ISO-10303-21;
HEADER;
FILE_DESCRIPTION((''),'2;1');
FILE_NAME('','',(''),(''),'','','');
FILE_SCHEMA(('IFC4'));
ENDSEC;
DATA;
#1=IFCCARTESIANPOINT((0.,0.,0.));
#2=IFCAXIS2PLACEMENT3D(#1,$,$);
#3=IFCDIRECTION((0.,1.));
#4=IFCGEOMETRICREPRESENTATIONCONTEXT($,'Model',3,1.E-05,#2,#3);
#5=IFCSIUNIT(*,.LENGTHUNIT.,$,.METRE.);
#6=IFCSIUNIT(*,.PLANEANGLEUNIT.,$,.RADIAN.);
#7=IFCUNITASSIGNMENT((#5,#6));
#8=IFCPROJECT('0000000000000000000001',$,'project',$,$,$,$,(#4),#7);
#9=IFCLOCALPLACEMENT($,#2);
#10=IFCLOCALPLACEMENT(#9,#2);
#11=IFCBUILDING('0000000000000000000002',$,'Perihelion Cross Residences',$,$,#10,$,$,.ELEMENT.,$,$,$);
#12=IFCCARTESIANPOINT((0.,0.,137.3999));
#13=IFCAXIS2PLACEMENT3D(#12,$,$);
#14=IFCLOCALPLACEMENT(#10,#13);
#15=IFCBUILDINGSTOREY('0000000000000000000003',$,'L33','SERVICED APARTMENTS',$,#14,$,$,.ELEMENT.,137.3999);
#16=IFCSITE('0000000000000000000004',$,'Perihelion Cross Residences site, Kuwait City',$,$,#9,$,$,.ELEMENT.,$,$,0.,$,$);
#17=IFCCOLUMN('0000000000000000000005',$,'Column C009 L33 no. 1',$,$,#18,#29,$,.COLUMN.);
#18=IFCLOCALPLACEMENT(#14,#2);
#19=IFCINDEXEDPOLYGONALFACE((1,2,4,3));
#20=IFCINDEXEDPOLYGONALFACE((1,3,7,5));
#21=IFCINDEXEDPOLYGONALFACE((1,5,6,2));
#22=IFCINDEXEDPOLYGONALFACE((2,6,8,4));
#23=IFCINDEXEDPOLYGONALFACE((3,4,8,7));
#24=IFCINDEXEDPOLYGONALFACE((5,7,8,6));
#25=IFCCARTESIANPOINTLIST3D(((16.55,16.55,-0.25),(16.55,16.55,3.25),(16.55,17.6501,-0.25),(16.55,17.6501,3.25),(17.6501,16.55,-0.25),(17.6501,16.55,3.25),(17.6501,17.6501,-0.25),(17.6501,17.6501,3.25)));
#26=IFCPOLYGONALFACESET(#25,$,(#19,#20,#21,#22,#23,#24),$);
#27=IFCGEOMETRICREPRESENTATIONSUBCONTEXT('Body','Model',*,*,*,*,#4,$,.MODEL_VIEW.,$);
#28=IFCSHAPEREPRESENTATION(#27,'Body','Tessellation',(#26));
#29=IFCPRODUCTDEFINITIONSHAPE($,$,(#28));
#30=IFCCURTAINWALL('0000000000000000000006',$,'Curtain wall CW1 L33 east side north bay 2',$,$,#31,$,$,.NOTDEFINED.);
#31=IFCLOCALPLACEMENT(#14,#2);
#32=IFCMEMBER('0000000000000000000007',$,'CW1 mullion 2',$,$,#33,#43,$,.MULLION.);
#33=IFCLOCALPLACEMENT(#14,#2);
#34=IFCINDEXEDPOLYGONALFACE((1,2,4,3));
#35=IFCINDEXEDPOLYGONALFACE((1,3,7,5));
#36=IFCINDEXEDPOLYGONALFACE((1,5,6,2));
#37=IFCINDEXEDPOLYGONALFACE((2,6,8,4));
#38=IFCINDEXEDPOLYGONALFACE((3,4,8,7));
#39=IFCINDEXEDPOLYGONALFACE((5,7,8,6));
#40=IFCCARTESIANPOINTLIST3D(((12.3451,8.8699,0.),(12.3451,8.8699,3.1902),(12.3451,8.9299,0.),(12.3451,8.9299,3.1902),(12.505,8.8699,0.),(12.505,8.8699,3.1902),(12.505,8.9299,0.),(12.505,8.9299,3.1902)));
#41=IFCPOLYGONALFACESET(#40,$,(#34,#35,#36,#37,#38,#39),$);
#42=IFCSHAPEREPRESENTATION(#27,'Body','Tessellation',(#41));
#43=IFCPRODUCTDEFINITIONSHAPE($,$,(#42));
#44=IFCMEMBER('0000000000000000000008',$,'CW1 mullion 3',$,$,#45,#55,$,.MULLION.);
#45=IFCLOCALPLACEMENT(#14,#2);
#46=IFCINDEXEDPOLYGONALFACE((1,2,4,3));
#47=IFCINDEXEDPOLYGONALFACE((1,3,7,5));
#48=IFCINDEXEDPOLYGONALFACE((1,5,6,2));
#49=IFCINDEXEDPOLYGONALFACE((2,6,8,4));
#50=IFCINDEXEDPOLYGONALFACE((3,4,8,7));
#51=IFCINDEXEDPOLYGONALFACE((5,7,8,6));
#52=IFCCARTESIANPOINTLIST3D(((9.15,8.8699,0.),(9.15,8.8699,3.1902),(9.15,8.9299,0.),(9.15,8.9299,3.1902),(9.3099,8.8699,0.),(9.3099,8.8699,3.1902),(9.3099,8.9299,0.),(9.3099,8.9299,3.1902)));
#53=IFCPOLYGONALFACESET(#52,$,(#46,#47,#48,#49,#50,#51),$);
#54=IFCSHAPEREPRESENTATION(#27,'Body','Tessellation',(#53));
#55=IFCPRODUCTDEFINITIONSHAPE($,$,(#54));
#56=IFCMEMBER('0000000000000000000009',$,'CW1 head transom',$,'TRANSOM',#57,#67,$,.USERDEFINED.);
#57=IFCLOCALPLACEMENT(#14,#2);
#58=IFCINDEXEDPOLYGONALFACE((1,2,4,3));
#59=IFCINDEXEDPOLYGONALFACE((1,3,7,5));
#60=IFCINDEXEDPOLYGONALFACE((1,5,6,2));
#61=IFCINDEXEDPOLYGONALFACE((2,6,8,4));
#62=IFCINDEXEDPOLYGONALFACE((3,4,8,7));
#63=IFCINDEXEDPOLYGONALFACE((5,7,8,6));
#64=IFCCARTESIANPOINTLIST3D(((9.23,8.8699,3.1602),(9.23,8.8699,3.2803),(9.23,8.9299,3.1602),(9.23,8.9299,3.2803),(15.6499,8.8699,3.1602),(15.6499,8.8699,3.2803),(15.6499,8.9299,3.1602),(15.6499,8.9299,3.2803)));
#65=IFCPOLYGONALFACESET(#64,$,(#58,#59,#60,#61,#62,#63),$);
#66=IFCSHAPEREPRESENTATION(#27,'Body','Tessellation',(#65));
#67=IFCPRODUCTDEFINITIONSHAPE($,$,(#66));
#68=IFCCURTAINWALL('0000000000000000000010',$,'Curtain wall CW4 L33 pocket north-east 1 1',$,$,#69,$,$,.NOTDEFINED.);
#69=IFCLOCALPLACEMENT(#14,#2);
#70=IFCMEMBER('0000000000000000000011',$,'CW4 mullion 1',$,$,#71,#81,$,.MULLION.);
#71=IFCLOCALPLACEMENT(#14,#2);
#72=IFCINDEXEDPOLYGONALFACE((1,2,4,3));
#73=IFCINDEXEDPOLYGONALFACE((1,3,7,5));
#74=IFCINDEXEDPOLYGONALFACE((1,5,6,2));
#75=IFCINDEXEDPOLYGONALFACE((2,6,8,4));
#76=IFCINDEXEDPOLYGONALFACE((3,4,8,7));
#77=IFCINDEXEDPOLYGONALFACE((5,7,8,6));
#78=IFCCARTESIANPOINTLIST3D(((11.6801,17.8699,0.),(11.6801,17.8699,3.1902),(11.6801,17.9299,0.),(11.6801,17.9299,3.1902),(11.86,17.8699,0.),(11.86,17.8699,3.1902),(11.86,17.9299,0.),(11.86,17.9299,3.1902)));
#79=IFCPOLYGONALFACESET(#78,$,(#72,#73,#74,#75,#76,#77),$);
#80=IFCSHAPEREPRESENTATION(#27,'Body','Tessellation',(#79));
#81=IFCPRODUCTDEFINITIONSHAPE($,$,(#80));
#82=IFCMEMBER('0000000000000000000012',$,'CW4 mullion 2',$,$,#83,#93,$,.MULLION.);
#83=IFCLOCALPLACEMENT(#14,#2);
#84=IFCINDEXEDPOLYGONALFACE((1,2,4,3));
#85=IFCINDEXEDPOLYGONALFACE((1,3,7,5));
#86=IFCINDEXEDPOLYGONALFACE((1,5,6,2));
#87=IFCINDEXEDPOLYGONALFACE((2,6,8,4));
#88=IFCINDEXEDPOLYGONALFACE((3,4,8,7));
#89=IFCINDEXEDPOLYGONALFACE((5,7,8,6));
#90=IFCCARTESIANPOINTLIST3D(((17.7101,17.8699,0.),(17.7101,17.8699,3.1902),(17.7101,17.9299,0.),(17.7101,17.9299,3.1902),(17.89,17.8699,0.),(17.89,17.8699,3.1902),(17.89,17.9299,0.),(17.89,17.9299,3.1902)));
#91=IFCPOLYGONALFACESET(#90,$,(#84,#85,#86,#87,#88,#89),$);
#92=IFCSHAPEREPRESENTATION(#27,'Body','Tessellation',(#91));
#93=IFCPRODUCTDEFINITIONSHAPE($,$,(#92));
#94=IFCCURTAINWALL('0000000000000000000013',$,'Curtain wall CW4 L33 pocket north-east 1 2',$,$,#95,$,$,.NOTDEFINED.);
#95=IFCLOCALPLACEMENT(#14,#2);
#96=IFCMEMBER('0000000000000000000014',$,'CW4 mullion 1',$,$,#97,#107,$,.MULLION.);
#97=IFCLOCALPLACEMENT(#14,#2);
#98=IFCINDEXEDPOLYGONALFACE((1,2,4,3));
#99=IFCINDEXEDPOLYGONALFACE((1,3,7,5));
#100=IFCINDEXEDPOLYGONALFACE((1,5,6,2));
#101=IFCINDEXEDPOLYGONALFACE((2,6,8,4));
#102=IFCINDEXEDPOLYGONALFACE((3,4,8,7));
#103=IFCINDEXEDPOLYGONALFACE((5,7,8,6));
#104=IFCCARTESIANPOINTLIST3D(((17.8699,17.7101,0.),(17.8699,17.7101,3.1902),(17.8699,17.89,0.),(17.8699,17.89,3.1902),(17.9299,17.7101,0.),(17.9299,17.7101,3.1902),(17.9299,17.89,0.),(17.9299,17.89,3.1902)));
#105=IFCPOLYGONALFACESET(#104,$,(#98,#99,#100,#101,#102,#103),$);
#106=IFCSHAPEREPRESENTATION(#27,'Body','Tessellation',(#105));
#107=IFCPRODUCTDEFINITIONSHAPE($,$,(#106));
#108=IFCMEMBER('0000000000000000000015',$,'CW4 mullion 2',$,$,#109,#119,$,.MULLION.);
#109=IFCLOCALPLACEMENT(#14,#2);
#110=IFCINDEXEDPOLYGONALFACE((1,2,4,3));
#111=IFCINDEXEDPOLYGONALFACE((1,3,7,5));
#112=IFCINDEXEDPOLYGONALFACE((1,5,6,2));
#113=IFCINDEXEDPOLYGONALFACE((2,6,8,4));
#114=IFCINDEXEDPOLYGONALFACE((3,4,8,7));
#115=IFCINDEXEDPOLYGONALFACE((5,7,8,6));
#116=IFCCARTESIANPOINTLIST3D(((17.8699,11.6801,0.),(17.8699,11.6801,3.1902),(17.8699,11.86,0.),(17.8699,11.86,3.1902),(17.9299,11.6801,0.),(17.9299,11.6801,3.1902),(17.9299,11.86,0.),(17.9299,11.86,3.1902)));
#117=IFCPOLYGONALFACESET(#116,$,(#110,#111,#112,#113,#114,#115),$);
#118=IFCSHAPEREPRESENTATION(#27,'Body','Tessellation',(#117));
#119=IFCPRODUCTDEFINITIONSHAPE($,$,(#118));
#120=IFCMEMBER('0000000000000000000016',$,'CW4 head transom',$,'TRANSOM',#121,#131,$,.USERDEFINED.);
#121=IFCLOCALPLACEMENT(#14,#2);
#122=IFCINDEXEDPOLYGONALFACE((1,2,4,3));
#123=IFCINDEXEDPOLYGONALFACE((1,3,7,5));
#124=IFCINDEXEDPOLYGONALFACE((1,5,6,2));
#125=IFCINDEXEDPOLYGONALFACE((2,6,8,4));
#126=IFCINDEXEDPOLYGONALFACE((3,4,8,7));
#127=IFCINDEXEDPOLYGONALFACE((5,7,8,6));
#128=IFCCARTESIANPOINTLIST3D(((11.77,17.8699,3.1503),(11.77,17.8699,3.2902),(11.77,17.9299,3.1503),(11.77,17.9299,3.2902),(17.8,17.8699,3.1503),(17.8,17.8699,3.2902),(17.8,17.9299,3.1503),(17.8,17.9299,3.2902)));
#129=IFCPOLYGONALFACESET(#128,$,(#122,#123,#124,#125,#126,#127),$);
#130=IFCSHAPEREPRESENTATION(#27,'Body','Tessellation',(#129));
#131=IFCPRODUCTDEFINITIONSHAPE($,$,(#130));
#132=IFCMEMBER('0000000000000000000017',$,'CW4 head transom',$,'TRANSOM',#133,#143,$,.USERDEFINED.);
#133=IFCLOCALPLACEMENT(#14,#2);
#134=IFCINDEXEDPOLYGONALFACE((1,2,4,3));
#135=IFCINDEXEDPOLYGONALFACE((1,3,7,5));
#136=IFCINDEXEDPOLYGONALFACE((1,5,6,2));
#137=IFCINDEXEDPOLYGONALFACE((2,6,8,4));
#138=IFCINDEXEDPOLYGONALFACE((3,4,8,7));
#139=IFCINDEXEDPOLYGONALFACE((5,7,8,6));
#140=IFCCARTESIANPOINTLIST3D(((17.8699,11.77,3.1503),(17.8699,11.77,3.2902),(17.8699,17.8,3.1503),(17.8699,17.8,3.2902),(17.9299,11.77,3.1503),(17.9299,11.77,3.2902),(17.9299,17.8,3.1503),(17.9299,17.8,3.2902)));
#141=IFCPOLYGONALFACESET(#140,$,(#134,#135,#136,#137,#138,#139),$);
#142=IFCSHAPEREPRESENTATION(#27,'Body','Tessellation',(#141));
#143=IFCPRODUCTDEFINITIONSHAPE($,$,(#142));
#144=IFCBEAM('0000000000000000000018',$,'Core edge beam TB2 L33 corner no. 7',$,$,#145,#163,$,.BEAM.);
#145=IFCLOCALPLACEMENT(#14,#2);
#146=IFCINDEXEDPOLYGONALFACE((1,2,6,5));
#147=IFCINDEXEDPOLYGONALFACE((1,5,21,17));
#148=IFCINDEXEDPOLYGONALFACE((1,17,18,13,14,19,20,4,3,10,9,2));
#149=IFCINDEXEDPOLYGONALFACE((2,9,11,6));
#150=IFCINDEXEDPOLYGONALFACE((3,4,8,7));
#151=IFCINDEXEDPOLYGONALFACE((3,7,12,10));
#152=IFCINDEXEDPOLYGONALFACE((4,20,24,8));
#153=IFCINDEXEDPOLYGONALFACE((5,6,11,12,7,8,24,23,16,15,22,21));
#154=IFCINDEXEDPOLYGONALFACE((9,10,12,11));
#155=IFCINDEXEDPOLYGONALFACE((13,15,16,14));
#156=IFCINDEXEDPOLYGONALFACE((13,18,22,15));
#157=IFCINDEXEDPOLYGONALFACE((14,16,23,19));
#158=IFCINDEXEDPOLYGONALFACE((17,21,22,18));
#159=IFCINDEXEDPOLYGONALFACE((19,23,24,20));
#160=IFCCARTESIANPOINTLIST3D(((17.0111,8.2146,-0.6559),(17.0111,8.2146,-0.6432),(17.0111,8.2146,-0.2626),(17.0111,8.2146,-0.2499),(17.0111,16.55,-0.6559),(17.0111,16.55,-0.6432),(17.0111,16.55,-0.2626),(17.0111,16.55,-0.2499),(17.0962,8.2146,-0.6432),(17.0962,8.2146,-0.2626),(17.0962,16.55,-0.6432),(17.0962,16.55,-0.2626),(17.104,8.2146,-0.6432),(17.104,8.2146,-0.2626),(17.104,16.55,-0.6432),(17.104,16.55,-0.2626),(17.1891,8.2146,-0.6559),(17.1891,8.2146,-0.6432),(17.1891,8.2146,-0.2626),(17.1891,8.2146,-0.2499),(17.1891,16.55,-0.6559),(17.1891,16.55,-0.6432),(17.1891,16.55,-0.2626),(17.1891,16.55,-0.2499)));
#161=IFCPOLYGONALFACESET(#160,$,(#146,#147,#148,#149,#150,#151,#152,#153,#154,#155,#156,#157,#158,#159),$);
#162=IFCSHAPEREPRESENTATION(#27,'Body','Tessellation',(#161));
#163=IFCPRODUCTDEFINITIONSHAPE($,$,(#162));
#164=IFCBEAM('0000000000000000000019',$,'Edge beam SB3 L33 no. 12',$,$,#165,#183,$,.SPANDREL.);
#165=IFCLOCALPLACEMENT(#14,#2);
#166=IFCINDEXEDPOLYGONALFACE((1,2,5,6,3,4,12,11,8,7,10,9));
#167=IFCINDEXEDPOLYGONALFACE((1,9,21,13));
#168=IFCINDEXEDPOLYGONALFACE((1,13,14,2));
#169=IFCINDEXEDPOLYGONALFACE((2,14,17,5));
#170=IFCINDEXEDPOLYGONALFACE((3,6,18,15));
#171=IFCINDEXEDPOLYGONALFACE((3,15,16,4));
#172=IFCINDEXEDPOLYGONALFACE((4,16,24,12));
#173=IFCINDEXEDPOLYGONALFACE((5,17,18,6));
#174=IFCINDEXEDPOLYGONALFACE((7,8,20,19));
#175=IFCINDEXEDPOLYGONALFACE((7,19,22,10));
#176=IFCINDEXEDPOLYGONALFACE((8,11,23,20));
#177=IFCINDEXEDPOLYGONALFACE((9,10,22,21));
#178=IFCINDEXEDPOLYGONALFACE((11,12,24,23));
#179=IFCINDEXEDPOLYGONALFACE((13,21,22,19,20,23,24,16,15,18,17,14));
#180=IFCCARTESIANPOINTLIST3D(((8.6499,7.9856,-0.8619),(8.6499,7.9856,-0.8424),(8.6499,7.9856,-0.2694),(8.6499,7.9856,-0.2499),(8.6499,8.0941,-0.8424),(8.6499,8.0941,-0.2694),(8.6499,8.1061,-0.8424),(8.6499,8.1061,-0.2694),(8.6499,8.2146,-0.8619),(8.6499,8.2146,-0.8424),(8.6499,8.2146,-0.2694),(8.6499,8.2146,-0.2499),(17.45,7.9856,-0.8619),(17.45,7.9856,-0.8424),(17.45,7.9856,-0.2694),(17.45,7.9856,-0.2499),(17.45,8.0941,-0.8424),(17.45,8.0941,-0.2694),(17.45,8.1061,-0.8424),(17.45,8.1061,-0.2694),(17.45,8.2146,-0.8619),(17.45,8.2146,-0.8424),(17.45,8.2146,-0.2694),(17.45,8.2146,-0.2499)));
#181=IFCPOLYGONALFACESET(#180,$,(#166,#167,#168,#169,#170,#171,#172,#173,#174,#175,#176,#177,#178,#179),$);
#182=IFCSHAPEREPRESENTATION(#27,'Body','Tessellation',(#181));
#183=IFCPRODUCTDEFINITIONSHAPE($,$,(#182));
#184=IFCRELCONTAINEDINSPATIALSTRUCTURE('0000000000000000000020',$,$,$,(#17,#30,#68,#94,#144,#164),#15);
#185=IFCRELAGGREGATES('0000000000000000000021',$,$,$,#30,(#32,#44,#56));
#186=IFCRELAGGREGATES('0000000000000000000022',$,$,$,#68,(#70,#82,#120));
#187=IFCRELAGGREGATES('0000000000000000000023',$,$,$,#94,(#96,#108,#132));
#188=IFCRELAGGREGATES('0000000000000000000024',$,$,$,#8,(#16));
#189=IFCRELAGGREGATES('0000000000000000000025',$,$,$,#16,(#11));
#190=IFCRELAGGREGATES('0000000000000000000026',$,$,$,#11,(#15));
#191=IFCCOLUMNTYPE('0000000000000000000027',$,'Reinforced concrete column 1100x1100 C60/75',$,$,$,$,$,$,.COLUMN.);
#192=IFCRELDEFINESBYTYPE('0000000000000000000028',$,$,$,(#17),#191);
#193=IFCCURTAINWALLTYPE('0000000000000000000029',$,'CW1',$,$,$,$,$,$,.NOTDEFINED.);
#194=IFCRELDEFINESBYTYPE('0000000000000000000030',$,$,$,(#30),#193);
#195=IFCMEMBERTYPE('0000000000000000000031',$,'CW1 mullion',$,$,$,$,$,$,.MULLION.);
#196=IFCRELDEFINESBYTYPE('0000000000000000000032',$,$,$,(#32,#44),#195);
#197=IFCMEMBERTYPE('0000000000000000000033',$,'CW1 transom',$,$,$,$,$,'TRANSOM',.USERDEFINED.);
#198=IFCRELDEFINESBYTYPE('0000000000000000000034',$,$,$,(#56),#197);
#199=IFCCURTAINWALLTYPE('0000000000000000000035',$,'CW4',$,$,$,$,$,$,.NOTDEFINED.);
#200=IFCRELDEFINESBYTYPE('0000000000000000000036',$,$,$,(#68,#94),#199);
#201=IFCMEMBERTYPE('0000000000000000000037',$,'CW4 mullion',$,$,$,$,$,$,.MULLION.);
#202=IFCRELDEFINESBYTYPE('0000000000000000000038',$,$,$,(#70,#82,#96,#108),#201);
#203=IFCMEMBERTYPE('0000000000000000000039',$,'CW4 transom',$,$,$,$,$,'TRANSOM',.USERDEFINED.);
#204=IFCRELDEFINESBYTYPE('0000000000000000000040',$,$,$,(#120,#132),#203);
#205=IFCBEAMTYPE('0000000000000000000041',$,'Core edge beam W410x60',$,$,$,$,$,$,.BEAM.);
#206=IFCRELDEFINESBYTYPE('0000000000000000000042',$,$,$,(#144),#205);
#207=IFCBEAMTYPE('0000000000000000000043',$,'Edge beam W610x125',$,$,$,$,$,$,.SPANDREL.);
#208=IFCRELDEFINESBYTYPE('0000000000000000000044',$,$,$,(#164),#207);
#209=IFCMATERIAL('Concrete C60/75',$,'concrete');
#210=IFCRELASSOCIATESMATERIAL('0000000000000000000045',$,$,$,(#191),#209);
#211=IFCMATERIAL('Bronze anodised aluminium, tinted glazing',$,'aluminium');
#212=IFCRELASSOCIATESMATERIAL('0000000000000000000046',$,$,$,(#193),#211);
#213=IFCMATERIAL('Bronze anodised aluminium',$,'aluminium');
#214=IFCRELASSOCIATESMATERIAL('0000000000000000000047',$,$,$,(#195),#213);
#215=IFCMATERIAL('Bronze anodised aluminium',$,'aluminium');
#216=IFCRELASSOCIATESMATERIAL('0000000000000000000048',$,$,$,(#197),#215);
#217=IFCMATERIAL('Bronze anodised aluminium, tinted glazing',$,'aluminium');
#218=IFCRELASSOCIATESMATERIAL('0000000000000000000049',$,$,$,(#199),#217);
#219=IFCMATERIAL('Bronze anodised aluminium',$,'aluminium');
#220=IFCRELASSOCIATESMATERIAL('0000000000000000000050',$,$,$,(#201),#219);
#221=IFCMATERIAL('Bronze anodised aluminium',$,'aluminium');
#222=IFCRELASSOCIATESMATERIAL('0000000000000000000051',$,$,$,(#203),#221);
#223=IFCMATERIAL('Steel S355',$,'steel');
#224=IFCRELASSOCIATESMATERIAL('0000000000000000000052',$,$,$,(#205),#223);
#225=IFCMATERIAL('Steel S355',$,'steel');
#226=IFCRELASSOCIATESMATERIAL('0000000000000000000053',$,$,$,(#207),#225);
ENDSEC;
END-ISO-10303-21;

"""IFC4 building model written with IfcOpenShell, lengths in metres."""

from ifc_helpers import new_model, si_unit, direction, frame, origin, origin_2d, place, context, subcontext, project, spatial, rectangle, i_section, extrude, material, material_profile, profile_set, type_object, element, aggregate, save


model = new_model("IFC4")

# Units and contexts
model_context = context("Model", 3, precision=1e-05, world=origin(), true_north=direction((0.0, 1.0)))
body_context = subcontext(model_context, "Body", "Model", "MODEL_VIEW")
ifc_project = project(units=[si_unit("LENGTHUNIT", "METRE"), si_unit("PLANEANGLEUNIT", "RADIAN")], contexts=[model_context])

# Site, building, storey
site_placement = place(None, origin())
site = spatial("IfcSite", under=ifc_project, at=site_placement, Name="Perihelion Cross Residences site, Kuwait City", CompositionType="ELEMENT", RefElevation=0.0)
building_placement = place(site_placement, origin())
building = spatial("IfcBuilding", under=site, at=building_placement, Name="Perihelion Cross Residences", CompositionType="ELEMENT")
storey_placement = place(building_placement, frame((0.0, 0.0, 137.3999)))
storey = spatial("IfcBuildingStorey", under=building, at=storey_placement, Name="L33", Description="SERVICED APARTMENTS", CompositionType="ELEMENT", Elevation=137.3999)

# Column
ifc_material_1 = material(Name="Concrete C60/75", Category="concrete")
ifc_material_profile_1 = material_profile(ifc_material_1, rectangle(XDim=1.1001, YDim=1.1001, at=origin_2d()), Name="RC 1100x1100")
ifc_profile_set_1 = profile_set([ifc_material_profile_1], Name="Concrete C60/75")
column_type = type_object("IfcColumnType", Name="Reinforced concrete column 1100x1100 C60/75", PredefinedType="COLUMN", material=ifc_profile_set_1)
column_placement = place(storey_placement, frame((17.1001, 17.1001, -0.25), z_axis=(0.0, 0.0, 1.0), x_axis=(1.0, 0.0, 0.0)))
element("IfcColumn", 1, at=column_placement, inside=storey, type_object=column_type, Name="Column C009 L33 no. 1", PredefinedType="COLUMN", context=body_context, shape_type="SweptSolid", body=[
    extrude(rectangle(XDim=1.1001, YDim=1.1001, at=origin_2d()), origin(), (0.0, 0.0, 1.0), 3.5),
])

# Curtain walls, members
ifc_material_2 = material(Name="Bronze anodised aluminium, tinted glazing", Category="aluminium")
curtain_wall_type_1 = type_object("IfcCurtainWallType", Name="CW1", PredefinedType="NOTDEFINED", material=ifc_material_2)
curtain_wall_1_placement = place(storey_placement, origin())
curtain_wall_1 = element("IfcCurtainWall", 2, at=curtain_wall_1_placement, inside=storey, type_object=curtain_wall_type_1, Name="Curtain wall CW1 L33 east side north bay 2", PredefinedType="NOTDEFINED")
ifc_material_3 = material(Name="Bronze anodised aluminium", Category="aluminium")
ifc_material_profile_2 = material_profile(ifc_material_3, rectangle(XDim=0.0601, YDim=0.1599, at=origin_2d()), Name="CW1 mullion")
ifc_profile_set_2 = profile_set([ifc_material_profile_2], Name="Bronze anodised aluminium")
member_type_1 = type_object("IfcMemberType", Name="CW1 mullion", PredefinedType="MULLION", material=ifc_profile_set_2)
member_1_placement = place(storey_placement, frame((12.425, 8.8999, 0.0), z_axis=(0.0, 0.0, 1.0), x_axis=(0.0, -1.0, 0.0)))
member_1 = element("IfcMember", 3, at=member_1_placement, type_object=member_type_1, Name="CW1 mullion 2", PredefinedType="MULLION", context=body_context, shape_type="SweptSolid", body=[
    extrude(rectangle(XDim=0.0601, YDim=0.1599, at=origin_2d()), origin(), (0.0, 0.0, 1.0), 3.1902),
])
member_2_placement = place(storey_placement, frame((9.23, 8.8999, 0.0), z_axis=(0.0, 0.0, 1.0), x_axis=(0.0, -1.0, 0.0)))
member_2 = element("IfcMember", 4, at=member_2_placement, type_object=member_type_1, Name="CW1 mullion 3", PredefinedType="MULLION", context=body_context, shape_type="SweptSolid", body=[
    extrude(rectangle(XDim=0.0601, YDim=0.1599, at=origin_2d()), origin(), (0.0, 0.0, 1.0), 3.1902),
])
ifc_material_4 = material(Name="Bronze anodised aluminium", Category="aluminium")
ifc_material_profile_3 = material_profile(ifc_material_4, rectangle(XDim=0.0601, YDim=0.1201, at=origin_2d()), Name="CW1 transom")
ifc_profile_set_3 = profile_set([ifc_material_profile_3], Name="Bronze anodised aluminium")
member_type_2 = type_object("IfcMemberType", Name="CW1 transom", ElementType="TRANSOM", PredefinedType="USERDEFINED", material=ifc_profile_set_3)
member_3_placement = place(storey_placement, frame((15.6499, 8.8999, 3.2202), z_axis=(-1.0, 0.0, 0.0), x_axis=(0.0, -1.0, 0.0)))
member_3 = element("IfcMember", 5, at=member_3_placement, type_object=member_type_2, Name="CW1 head transom", ObjectType="TRANSOM", PredefinedType="USERDEFINED", context=body_context, shape_type="SweptSolid", body=[
    extrude(rectangle(XDim=0.0601, YDim=0.1201, at=origin_2d()), origin(), (0.0, 0.0, 1.0), 6.4199),
])
ifc_material_5 = material(Name="Bronze anodised aluminium, tinted glazing", Category="aluminium")
curtain_wall_type_2 = type_object("IfcCurtainWallType", Name="CW4", PredefinedType="NOTDEFINED", material=ifc_material_5)
curtain_wall_2_placement = place(storey_placement, origin())
curtain_wall_2 = element("IfcCurtainWall", 6, at=curtain_wall_2_placement, inside=storey, type_object=curtain_wall_type_2, Name="Curtain wall CW4 L33 pocket north-east 1 1", PredefinedType="NOTDEFINED")
ifc_material_6 = material(Name="Bronze anodised aluminium", Category="aluminium")
ifc_material_profile_4 = material_profile(ifc_material_6, rectangle(XDim=0.0601, YDim=0.1799, at=origin_2d()), Name="CW4 mullion")
ifc_profile_set_4 = profile_set([ifc_material_profile_4], Name="Bronze anodised aluminium")
member_type_3 = type_object("IfcMemberType", Name="CW4 mullion", PredefinedType="MULLION", material=ifc_profile_set_4)
member_4_placement = place(storey_placement, frame((11.77, 17.8999, 0.0), z_axis=(0.0, 0.0, 1.0), x_axis=(0.0, 1.0, 0.0)))
member_4 = element("IfcMember", 7, at=member_4_placement, type_object=member_type_3, Name="CW4 mullion 1", PredefinedType="MULLION", context=body_context, shape_type="SweptSolid", body=[
    extrude(rectangle(XDim=0.0601, YDim=0.1799, at=origin_2d()), origin(), (0.0, 0.0, 1.0), 3.1902),
])
member_5_placement = place(storey_placement, frame((17.8, 17.8999, 0.0), z_axis=(0.0, 0.0, 1.0), x_axis=(0.0, 1.0, 0.0)))
member_5 = element("IfcMember", 8, at=member_5_placement, type_object=member_type_3, Name="CW4 mullion 2", PredefinedType="MULLION", context=body_context, shape_type="SweptSolid", body=[
    extrude(rectangle(XDim=0.0601, YDim=0.1799, at=origin_2d()), origin(), (0.0, 0.0, 1.0), 3.1902),
])
curtain_wall_3_placement = place(storey_placement, origin())
curtain_wall_3 = element("IfcCurtainWall", 9, at=curtain_wall_3_placement, inside=storey, type_object=curtain_wall_type_2, Name="Curtain wall CW4 L33 pocket north-east 1 2", PredefinedType="NOTDEFINED")
member_6_placement = place(storey_placement, frame((17.8999, 17.8, 0.0), z_axis=(0.0, 0.0, 1.0), x_axis=(1.0, 0.0, 0.0)))
member_6 = element("IfcMember", 10, at=member_6_placement, type_object=member_type_3, Name="CW4 mullion 1", PredefinedType="MULLION", context=body_context, shape_type="SweptSolid", body=[
    extrude(rectangle(XDim=0.0601, YDim=0.1799, at=origin_2d()), origin(), (0.0, 0.0, 1.0), 3.1902),
])
member_7_placement = place(storey_placement, frame((17.8999, 11.77, 0.0), z_axis=(0.0, 0.0, 1.0), x_axis=(1.0, 0.0, 0.0)))
member_7 = element("IfcMember", 11, at=member_7_placement, type_object=member_type_3, Name="CW4 mullion 2", PredefinedType="MULLION", context=body_context, shape_type="SweptSolid", body=[
    extrude(rectangle(XDim=0.0601, YDim=0.1799, at=origin_2d()), origin(), (0.0, 0.0, 1.0), 3.1902),
])

# Members
ifc_material_7 = material(Name="Bronze anodised aluminium", Category="aluminium")
ifc_material_profile_5 = material_profile(ifc_material_7, rectangle(XDim=0.0601, YDim=0.1399, at=origin_2d()), Name="CW4 transom")
ifc_profile_set_5 = profile_set([ifc_material_profile_5], Name="Bronze anodised aluminium")
member_type_4 = type_object("IfcMemberType", Name="CW4 transom", ElementType="TRANSOM", PredefinedType="USERDEFINED", material=ifc_profile_set_5)
member_8_placement = place(storey_placement, frame((11.77, 17.8999, 3.2202), z_axis=(1.0, 0.0, 0.0), x_axis=(0.0, 1.0, 0.0)))
member_8 = element("IfcMember", 12, at=member_8_placement, type_object=member_type_4, Name="CW4 head transom", ObjectType="TRANSOM", PredefinedType="USERDEFINED", context=body_context, shape_type="SweptSolid", body=[
    extrude(rectangle(XDim=0.0601, YDim=0.1399, at=origin_2d()), origin(), (0.0, 0.0, 1.0), 6.03),
])
member_9_placement = place(storey_placement, frame((17.8999, 17.8, 3.2202), z_axis=(0.0, -1.0, 0.0), x_axis=(1.0, 0.0, 0.0)))
member_9 = element("IfcMember", 13, at=member_9_placement, type_object=member_type_4, Name="CW4 head transom", ObjectType="TRANSOM", PredefinedType="USERDEFINED", context=body_context, shape_type="SweptSolid", body=[
    extrude(rectangle(XDim=0.0601, YDim=0.1399, at=origin_2d()), origin(), (0.0, 0.0, 1.0), 6.03),
])

# Beams
ifc_material_8 = material(Name="Steel S355", Category="steel")
ifc_material_profile_6 = material_profile(ifc_material_8, i_section(OverallWidth=0.178, OverallDepth=0.406, WebThickness=0.0078, FlangeThickness=0.0127, at=origin_2d()), Name="W410x60")
ifc_profile_set_6 = profile_set([ifc_material_profile_6], Name="Steel S355")
beam_type_1 = type_object("IfcBeamType", Name="Core edge beam W410x60", PredefinedType="BEAM", material=ifc_profile_set_6)
beam_1_placement = place(storey_placement, frame((17.1001, 8.2146, -0.4529), z_axis=(0.0, 1.0, 0.0), x_axis=(-1.0, 0.0, 0.0)))
element("IfcBeam", 14, at=beam_1_placement, inside=storey, type_object=beam_type_1, Name="Core edge beam TB2 L33 corner no. 7", PredefinedType="BEAM", context=body_context, shape_type="SweptSolid", body=[
    extrude(i_section(OverallWidth=0.178, OverallDepth=0.406, WebThickness=0.0078, FlangeThickness=0.0127, at=origin_2d()), origin(), (0.0, 0.0, 1.0), 8.3354),
])
ifc_material_9 = material(Name="Steel S355", Category="steel")
ifc_material_profile_7 = material_profile(ifc_material_9, i_section(OverallWidth=0.229, OverallDepth=0.6121, WebThickness=0.012, FlangeThickness=0.0195, at=origin_2d()), Name="W610x125")
ifc_profile_set_7 = profile_set([ifc_material_profile_7], Name="Steel S355")
beam_type_2 = type_object("IfcBeamType", Name="Edge beam W610x125", PredefinedType="SPANDREL", material=ifc_profile_set_7)
beam_2_placement = place(storey_placement, frame((17.45, 8.1001, -0.5559), z_axis=(-1.0, 0.0, 0.0), x_axis=(0.0, -1.0, 0.0)))
element("IfcBeam", 15, at=beam_2_placement, inside=storey, type_object=beam_type_2, Name="Edge beam SB3 L33 no. 12", PredefinedType="SPANDREL", context=body_context, shape_type="SweptSolid", body=[
    extrude(i_section(OverallWidth=0.229, OverallDepth=0.6121, WebThickness=0.012, FlangeThickness=0.0195, at=origin_2d()), origin(), (0.0, 0.0, 1.0), 8.8),
])

aggregate(curtain_wall_1, [member_1, member_2, member_3])

aggregate(curtain_wall_2, [member_4, member_5, member_8])
aggregate(curtain_wall_3, [member_6, member_7, member_9])

save(model, "model.ifc")
